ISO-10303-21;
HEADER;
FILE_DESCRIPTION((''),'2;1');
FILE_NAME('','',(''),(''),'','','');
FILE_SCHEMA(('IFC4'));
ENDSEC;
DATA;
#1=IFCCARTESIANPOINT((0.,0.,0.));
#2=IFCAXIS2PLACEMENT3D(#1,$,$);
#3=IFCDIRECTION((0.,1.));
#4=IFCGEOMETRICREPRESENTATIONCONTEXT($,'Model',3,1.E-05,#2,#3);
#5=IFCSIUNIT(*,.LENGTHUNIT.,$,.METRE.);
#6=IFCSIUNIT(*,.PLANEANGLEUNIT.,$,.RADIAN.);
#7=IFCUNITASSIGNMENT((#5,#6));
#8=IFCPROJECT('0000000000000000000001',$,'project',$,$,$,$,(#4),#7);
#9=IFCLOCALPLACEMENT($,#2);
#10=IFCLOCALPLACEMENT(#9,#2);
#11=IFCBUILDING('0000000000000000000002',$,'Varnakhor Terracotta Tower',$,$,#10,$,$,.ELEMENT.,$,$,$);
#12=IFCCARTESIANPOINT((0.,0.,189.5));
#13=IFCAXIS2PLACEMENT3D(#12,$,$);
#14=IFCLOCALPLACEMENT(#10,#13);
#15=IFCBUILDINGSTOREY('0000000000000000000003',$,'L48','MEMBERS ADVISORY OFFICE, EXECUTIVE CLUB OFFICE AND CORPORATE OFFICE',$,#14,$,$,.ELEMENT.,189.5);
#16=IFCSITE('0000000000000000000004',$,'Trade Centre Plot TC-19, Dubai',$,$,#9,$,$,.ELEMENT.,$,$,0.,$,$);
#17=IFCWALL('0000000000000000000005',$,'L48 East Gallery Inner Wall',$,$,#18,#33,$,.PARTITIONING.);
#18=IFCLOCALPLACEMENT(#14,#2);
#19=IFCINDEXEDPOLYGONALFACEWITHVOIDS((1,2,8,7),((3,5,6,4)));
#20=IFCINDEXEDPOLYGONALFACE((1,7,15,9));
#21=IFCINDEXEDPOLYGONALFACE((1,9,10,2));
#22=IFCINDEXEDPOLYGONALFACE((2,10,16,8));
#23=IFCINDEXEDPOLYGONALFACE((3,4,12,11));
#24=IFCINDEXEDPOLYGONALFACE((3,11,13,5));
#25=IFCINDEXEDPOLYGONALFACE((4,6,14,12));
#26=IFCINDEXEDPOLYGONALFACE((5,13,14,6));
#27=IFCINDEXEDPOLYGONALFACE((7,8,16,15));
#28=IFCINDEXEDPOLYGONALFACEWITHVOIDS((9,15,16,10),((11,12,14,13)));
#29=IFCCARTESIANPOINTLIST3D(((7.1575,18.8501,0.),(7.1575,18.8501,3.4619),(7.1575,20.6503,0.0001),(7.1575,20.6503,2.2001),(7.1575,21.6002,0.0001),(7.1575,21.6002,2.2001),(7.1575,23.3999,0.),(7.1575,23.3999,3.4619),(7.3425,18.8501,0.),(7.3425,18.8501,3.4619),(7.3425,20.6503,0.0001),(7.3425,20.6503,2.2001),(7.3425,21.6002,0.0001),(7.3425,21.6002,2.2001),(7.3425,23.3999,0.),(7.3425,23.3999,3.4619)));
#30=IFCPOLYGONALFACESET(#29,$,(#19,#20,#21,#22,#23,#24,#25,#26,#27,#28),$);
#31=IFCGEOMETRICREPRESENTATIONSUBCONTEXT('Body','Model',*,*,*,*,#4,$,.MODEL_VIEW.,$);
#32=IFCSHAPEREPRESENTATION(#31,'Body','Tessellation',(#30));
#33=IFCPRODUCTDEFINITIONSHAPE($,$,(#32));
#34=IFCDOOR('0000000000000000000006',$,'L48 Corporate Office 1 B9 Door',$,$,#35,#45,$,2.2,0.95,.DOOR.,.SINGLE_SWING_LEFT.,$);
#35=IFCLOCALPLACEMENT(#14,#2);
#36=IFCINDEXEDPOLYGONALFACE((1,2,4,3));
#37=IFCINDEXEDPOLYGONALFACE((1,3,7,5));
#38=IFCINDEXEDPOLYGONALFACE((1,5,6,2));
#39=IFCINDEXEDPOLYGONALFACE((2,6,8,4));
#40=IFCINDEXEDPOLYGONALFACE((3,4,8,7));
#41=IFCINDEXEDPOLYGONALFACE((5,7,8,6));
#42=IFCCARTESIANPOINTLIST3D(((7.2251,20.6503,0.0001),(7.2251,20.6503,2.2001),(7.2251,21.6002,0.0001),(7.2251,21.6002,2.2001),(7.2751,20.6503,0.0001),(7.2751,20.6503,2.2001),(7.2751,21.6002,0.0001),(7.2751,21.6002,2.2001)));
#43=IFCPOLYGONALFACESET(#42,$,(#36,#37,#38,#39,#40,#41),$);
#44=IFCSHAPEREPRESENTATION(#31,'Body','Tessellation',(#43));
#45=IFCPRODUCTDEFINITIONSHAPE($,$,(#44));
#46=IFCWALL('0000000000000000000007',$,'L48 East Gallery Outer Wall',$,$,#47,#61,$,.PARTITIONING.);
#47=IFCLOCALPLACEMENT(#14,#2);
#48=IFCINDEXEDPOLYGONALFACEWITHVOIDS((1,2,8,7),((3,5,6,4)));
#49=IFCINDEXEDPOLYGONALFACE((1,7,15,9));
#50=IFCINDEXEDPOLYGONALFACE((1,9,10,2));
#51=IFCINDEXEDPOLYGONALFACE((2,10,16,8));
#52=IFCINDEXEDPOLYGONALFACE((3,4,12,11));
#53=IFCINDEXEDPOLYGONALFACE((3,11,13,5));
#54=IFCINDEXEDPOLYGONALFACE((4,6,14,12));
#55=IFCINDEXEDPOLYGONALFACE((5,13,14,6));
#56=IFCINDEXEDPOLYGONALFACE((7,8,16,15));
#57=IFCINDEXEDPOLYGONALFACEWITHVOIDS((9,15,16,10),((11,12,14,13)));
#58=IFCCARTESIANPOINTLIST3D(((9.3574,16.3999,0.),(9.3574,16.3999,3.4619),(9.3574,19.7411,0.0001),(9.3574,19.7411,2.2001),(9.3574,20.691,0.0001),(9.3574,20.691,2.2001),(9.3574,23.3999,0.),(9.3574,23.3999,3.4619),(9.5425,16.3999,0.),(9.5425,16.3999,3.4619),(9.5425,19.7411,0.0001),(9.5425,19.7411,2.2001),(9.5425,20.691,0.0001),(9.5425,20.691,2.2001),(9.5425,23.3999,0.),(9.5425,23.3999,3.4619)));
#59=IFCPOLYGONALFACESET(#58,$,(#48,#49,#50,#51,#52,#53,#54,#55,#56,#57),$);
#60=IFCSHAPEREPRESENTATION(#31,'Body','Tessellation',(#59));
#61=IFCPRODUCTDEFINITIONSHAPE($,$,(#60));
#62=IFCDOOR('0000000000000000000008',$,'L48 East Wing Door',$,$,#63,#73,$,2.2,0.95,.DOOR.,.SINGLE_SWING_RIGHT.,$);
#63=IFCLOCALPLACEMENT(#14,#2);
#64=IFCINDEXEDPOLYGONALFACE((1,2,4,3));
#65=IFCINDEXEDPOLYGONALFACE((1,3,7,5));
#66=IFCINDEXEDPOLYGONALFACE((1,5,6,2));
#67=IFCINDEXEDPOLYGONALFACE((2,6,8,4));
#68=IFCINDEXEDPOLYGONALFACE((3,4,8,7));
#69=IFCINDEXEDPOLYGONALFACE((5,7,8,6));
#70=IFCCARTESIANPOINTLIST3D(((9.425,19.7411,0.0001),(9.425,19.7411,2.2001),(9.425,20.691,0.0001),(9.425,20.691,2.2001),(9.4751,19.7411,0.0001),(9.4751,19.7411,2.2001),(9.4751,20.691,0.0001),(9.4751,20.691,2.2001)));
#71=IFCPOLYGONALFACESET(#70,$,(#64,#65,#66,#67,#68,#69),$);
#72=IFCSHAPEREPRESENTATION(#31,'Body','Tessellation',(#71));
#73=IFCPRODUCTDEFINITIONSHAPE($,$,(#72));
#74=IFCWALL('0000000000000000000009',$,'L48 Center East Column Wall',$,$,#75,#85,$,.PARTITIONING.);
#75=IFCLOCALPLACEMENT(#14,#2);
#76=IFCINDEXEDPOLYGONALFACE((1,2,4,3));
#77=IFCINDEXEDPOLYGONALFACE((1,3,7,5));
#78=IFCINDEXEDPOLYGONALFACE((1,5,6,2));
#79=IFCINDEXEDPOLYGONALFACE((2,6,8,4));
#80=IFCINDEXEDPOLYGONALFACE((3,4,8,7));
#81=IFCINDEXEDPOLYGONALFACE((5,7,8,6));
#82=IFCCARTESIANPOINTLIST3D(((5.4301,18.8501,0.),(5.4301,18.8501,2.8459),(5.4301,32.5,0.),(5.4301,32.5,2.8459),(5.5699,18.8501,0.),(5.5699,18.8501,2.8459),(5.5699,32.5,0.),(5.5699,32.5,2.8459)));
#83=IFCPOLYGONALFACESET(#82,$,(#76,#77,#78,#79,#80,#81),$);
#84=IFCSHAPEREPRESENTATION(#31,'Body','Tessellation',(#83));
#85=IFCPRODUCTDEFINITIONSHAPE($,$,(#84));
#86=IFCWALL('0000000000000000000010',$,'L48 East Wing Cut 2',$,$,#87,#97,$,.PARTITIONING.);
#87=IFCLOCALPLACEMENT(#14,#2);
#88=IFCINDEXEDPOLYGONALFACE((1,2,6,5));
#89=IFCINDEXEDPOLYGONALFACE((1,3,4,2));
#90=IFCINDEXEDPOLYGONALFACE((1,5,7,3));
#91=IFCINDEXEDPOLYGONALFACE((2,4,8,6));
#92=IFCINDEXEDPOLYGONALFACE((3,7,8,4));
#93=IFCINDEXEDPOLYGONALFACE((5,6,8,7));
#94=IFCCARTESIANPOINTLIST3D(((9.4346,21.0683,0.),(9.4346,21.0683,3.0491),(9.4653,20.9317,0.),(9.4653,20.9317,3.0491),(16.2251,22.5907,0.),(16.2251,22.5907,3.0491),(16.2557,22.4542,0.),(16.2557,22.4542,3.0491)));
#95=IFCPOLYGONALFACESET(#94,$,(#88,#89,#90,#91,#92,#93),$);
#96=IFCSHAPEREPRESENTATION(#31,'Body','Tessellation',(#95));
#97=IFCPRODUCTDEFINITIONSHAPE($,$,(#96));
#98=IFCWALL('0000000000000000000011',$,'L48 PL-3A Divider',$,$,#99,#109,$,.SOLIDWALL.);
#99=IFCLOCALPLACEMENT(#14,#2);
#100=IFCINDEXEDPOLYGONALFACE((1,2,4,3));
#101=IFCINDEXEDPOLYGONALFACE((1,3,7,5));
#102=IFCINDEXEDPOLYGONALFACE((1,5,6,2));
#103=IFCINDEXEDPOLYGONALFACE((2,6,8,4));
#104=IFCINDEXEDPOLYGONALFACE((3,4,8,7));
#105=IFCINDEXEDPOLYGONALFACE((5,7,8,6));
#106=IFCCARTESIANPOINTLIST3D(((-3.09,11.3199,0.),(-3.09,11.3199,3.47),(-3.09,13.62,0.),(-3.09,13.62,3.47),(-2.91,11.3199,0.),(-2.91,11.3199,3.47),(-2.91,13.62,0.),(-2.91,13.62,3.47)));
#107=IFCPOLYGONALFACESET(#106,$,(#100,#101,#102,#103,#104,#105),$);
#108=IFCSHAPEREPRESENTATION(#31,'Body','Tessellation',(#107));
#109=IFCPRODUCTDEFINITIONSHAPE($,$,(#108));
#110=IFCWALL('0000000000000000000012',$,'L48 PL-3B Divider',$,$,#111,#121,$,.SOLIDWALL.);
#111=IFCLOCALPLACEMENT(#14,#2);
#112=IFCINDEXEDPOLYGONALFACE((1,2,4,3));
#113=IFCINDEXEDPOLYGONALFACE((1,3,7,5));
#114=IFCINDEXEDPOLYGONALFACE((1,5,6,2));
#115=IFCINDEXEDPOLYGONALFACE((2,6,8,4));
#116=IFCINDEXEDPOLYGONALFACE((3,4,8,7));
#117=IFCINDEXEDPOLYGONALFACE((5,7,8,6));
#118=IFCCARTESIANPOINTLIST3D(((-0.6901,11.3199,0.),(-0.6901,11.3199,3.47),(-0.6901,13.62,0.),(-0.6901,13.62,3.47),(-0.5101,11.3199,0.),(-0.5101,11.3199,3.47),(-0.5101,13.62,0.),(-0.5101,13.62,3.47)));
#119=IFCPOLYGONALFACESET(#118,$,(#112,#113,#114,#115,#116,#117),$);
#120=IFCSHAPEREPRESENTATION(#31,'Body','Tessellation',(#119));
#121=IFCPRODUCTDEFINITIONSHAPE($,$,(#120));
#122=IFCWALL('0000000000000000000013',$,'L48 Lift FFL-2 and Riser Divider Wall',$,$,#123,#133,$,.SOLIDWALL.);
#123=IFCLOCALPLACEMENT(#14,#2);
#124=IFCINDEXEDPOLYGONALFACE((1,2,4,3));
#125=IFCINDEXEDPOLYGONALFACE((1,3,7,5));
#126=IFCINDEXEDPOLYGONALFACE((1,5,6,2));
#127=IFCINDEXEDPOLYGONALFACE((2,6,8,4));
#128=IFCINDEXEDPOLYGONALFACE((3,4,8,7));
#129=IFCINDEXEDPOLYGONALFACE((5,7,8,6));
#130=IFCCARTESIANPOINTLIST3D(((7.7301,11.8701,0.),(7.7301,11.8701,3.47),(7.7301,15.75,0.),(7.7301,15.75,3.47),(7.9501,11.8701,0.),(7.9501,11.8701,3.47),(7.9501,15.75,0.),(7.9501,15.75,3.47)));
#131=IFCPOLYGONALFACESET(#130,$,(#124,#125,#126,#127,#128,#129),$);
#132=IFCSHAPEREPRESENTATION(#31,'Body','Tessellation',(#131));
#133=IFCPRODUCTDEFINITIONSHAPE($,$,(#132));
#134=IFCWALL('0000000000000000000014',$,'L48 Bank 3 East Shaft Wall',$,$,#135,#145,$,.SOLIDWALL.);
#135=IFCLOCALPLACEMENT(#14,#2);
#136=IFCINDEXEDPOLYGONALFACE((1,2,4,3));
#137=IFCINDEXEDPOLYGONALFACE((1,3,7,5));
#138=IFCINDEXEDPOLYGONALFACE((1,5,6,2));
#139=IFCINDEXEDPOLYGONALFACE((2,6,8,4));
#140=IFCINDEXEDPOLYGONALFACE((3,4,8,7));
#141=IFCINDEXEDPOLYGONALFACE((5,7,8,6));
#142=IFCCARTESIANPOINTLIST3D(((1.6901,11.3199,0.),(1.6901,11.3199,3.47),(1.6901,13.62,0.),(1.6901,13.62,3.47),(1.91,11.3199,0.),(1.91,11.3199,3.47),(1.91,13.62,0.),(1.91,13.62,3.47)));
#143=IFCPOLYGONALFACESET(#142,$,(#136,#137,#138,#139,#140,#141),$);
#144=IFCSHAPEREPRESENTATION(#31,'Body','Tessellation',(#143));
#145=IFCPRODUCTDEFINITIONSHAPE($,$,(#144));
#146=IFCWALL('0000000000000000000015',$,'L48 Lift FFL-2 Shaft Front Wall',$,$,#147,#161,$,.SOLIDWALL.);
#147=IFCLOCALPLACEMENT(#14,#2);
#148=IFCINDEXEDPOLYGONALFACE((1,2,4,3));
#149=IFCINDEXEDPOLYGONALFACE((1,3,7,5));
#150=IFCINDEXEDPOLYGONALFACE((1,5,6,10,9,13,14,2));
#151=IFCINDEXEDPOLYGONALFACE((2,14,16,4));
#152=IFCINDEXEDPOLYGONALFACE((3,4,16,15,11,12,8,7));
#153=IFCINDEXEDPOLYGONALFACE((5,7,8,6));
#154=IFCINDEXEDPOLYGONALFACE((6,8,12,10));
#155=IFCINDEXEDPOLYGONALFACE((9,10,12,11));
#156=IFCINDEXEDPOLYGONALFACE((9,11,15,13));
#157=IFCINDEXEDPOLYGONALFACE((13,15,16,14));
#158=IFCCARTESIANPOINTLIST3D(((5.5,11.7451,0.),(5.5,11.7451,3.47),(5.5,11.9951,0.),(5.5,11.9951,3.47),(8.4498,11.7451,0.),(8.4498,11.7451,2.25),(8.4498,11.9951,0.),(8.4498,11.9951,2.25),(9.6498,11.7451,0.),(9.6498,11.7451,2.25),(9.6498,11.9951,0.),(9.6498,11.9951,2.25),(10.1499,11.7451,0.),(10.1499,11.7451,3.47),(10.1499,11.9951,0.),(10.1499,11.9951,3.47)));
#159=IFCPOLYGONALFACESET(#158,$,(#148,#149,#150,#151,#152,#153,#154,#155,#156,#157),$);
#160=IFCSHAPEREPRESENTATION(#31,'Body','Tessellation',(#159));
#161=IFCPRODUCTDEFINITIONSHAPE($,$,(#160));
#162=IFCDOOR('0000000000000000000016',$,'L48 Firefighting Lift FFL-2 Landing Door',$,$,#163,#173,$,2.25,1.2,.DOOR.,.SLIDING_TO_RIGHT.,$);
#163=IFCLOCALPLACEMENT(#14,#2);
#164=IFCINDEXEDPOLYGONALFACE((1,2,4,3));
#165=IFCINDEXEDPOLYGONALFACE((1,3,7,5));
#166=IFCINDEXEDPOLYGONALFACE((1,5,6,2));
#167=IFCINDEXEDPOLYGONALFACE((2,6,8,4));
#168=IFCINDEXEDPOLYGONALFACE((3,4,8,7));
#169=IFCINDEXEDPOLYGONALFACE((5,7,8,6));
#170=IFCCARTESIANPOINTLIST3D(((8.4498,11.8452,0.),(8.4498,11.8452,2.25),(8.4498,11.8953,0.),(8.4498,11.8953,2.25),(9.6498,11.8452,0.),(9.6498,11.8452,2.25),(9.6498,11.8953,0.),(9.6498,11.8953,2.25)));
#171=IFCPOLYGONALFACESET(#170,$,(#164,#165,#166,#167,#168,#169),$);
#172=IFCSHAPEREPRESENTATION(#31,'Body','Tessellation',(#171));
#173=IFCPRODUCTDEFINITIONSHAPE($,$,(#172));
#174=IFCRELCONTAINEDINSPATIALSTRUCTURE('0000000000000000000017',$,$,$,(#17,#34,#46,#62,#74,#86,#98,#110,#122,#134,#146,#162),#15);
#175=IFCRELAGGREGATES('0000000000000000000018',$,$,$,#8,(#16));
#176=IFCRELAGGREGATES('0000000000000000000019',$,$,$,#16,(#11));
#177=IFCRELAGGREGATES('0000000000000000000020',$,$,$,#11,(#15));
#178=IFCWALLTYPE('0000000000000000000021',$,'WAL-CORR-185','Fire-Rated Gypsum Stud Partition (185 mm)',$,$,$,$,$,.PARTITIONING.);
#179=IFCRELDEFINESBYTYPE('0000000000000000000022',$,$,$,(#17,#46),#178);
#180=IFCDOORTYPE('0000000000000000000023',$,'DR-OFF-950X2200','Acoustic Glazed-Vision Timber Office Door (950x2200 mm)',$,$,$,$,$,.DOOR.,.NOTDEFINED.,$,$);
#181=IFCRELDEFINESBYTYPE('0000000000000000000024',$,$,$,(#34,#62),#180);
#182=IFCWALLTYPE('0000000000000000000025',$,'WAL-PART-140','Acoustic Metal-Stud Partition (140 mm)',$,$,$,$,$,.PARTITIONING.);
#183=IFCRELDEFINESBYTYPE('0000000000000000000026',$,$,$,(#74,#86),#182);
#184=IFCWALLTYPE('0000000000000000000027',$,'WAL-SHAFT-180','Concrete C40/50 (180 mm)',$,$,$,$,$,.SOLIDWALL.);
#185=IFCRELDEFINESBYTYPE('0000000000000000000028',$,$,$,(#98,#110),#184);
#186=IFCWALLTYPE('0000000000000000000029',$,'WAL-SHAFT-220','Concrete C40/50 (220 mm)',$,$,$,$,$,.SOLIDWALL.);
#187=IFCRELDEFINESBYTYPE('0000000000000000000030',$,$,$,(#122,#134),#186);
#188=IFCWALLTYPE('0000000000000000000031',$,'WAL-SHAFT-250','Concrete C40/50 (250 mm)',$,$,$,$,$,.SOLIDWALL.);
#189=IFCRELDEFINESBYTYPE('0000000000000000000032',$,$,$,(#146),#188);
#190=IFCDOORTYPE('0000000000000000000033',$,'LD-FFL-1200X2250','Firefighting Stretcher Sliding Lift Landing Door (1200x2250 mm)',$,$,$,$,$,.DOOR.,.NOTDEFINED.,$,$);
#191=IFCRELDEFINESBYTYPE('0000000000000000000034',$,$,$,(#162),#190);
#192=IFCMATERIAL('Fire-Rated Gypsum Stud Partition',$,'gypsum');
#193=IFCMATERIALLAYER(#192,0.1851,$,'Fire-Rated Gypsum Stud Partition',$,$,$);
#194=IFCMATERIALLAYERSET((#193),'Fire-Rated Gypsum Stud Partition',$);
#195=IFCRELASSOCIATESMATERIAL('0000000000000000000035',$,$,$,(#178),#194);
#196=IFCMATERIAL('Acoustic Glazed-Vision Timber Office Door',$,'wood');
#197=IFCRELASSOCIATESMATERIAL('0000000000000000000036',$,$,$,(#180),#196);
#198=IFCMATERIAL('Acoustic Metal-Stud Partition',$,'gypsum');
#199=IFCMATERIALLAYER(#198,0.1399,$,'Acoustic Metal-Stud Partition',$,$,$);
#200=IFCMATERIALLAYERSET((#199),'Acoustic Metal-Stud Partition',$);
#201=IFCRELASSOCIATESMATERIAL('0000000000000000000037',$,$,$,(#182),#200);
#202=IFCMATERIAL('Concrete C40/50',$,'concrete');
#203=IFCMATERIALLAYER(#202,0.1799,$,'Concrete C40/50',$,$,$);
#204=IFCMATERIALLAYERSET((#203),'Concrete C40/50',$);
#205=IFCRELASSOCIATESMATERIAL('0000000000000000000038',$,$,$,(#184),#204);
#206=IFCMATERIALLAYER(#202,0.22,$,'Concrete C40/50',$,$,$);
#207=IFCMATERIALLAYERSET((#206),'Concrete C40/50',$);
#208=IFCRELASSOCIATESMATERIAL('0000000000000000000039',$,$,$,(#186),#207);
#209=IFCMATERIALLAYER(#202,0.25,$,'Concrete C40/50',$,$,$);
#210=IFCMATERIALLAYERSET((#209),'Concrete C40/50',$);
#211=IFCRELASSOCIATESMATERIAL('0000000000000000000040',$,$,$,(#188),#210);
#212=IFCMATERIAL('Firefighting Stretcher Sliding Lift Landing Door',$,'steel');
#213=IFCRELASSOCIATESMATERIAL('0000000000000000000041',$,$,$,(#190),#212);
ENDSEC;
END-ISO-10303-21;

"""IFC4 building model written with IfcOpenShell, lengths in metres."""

from ifc_helpers import new_model, si_unit, direction, frame, frame_2d, origin, place, context, subcontext, project, spatial, rectangle, extrude, source, transform, mapped, material, layer, layer_set, type_object, type_shapes, element, fill, save


model = new_model("IFC4")

# Units and contexts
model_context = context("Model", 3, precision=1e-05, world=origin(), true_north=direction((0.0, 1.0)))
body_context = subcontext(model_context, "Body", "Model", "MODEL_VIEW")
ifc_project = project(units=[si_unit("LENGTHUNIT", "METRE"), si_unit("PLANEANGLEUNIT", "RADIAN")], contexts=[model_context])

# Site, building, storey
site_placement = place(None, origin())
site = spatial("IfcSite", under=ifc_project, at=site_placement, Name="Trade Centre Plot TC-19, Dubai", CompositionType="ELEMENT", RefElevation=0.0)
building_placement = place(site_placement, origin())
building = spatial("IfcBuilding", under=site, at=building_placement, Name="Varnakhor Terracotta Tower", CompositionType="ELEMENT")
storey_placement = place(building_placement, frame((0.0, 0.0, 189.5)))
storey = spatial("IfcBuildingStorey", under=building, at=storey_placement, Name="L48", Description="MEMBERS ADVISORY OFFICE, EXECUTIVE CLUB OFFICE AND CORPORATE OFFICE", CompositionType="ELEMENT", Elevation=189.5)

# Walls, openings, doors
ifc_material_1 = material(Name="Fire-Rated Gypsum Stud Partition", Category="gypsum")
ifc_layer_1 = layer(ifc_material_1, 0.1851, Name="Fire-Rated Gypsum Stud Partition")
ifc_layer_set_1 = layer_set([ifc_layer_1], Name="Fire-Rated Gypsum Stud Partition")
wall_type_1 = type_object("IfcWallType", Name="WAL-CORR-185", Description="Fire-Rated Gypsum Stud Partition (185 mm)", PredefinedType="PARTITIONING", material=ifc_layer_set_1)
wall_1_placement = place(storey_placement, frame((7.25, 18.8501, 0.0), z_axis=(0.0, 0.0, 1.0), x_axis=(0.0, 1.0, 0.0)))
wall_1 = element("IfcWall", 1, at=wall_1_placement, inside=storey, type_object=wall_type_1, Name="L48 East Gallery Inner Wall", PredefinedType="PARTITIONING", context=body_context, shape_type="SweptSolid", body=[
    extrude(rectangle(XDim=4.5498, YDim=0.1851, at=frame_2d((2.2749, 0.0))), origin(), (0.0, 0.0, 1.0), 3.4619),
])
opening_1_placement = place(wall_1_placement, frame((1.8, 0.0, 0.0)))
opening_1 = element("IfcOpeningElement", 2, at=opening_1_placement, cuts=wall_1, PredefinedType="OPENING", context=body_context, shape_type="SweptSolid", body=[
    extrude(rectangle(XDim=0.95, YDim=2.2, at=frame_2d((0.4751, 1.1001))), frame((0.0, 0.1025, 0.0), z_axis=(0.0, -1.0, 0.0), x_axis=(1.0, 0.0, 0.0)), (0.0, 0.0, 1.0), 0.2051),
])
ifc_material_2 = material(Name="Acoustic Glazed-Vision Timber Office Door", Category="wood")
door_type_1 = type_object("IfcDoorType", Name="DR-OFF-950X2200", Description="Acoustic Glazed-Vision Timber Office Door (950x2200 mm)", OperationType="NOTDEFINED", PredefinedType="DOOR", material=ifc_material_2)
shared_shape_1 = source(origin(), body_context, "Body", "SweptSolid", [
    extrude(rectangle(XDim=0.95, YDim=2.2, at=frame_2d((0.4751, 1.1001))), frame((0.0, 0.0249, 0.0), z_axis=(0.0, -1.0, 0.0), x_axis=(1.0, 0.0, 0.0)), (0.0, 0.0, 1.0), 0.05),
])
type_shapes(door_type_1, [shared_shape_1])
door_1_placement = place(opening_1_placement, origin())
door_1 = element("IfcDoor", 3, at=door_1_placement, inside=storey, type_object=door_type_1, Name="L48 Corporate Office 1 B9 Door", OperationType="SINGLE_SWING_LEFT", OverallHeight=2.2, OverallWidth=0.95, PredefinedType="DOOR", context=body_context, shape_type="MappedRepresentation", body=[
    mapped(shared_shape_1, transform((0.0, 0.0, 0.0), scale=1.0)),
])
fill(opening_1, door_1)
wall_2_placement = place(storey_placement, frame((9.45, 16.3999, 0.0), z_axis=(0.0, 0.0, 1.0), x_axis=(0.0, 1.0, 0.0)))
wall_2 = element("IfcWall", 4, at=wall_2_placement, inside=storey, type_object=wall_type_1, Name="L48 East Gallery Outer Wall", PredefinedType="PARTITIONING", context=body_context, shape_type="SweptSolid", body=[
    extrude(rectangle(XDim=7.0, YDim=0.1851, at=frame_2d((3.5, 0.0))), origin(), (0.0, 0.0, 1.0), 3.4619),
])
opening_2_placement = place(wall_2_placement, frame((3.3411, 0.0, 0.0)))
opening_2 = element("IfcOpeningElement", 5, at=opening_2_placement, cuts=wall_2, PredefinedType="OPENING", context=body_context, shape_type="SweptSolid", body=[
    extrude(rectangle(XDim=0.95, YDim=2.2, at=frame_2d((0.4751, 1.1001))), frame((0.0, 0.1025, 0.0), z_axis=(0.0, -1.0, 0.0), x_axis=(1.0, 0.0, 0.0)), (0.0, 0.0, 1.0), 0.2051),
])
door_2_placement = place(opening_2_placement, origin())
door_2 = element("IfcDoor", 6, at=door_2_placement, inside=storey, type_object=door_type_1, Name="L48 East Wing Door", OperationType="SINGLE_SWING_RIGHT", OverallHeight=2.2, OverallWidth=0.95, PredefinedType="DOOR", context=body_context, shape_type="MappedRepresentation", body=[
    mapped(shared_shape_1, transform((0.0, 0.0, 0.0), scale=1.0)),
])
fill(opening_2, door_2)

# Walls
ifc_material_3 = material(Name="Acoustic Metal-Stud Partition", Category="gypsum")
ifc_layer_2 = layer(ifc_material_3, 0.1399, Name="Acoustic Metal-Stud Partition")
ifc_layer_set_2 = layer_set([ifc_layer_2], Name="Acoustic Metal-Stud Partition")
wall_type_2 = type_object("IfcWallType", Name="WAL-PART-140", Description="Acoustic Metal-Stud Partition (140 mm)", PredefinedType="PARTITIONING", material=ifc_layer_set_2)
wall_3_placement = place(storey_placement, frame((5.5, 18.8501, 0.0), z_axis=(0.0, 0.0, 1.0), x_axis=(0.0, 1.0, 0.0)))
element("IfcWall", 7, at=wall_3_placement, inside=storey, type_object=wall_type_2, Name="L48 Center East Column Wall", PredefinedType="PARTITIONING", context=body_context, shape_type="SweptSolid", body=[
    extrude(rectangle(XDim=13.6499, YDim=0.1399, at=frame_2d((6.825, 0.0))), origin(), (0.0, 0.0, 1.0), 2.8459),
])
wall_4_placement = place(storey_placement, frame((9.45, 21.0, 0.0), z_axis=(0.0, 0.0, 1.0), x_axis=(0.975776, 0.218773, 0.0)))
element("IfcWall", 8, at=wall_4_placement, inside=storey, type_object=wall_type_2, Name="L48 East Wing Cut 2", PredefinedType="PARTITIONING", context=body_context, shape_type="SweptSolid", body=[
    extrude(rectangle(XDim=6.959, YDim=0.1399, at=frame_2d((3.4795, 0.0))), origin(), (0.0, 0.0, 1.0), 3.0491),
])
ifc_material_4 = material(Name="Concrete C40/50", Category="concrete")
ifc_layer_3 = layer(ifc_material_4, 0.1799, Name="Concrete C40/50")
ifc_layer_set_3 = layer_set([ifc_layer_3], Name="Concrete C40/50")
wall_type_3 = type_object("IfcWallType", Name="WAL-SHAFT-180", Description="Concrete C40/50 (180 mm)", PredefinedType="SOLIDWALL", material=ifc_layer_set_3)
for number, where, z_axis, x_axis, name in (
    (9, (-3.0, 11.3201, 0.0), (0.0, 0.0, 1.0), (0.0, 1.0, 0.0), "L48 PL-3A Divider"),
    (10, (-0.6001, 11.3201, 0.0), (0.0, 0.0, 1.0), (0.0, 1.0, 0.0), "L48 PL-3B Divider"),
):
    element("IfcWall", number, at=place(storey_placement, frame(where, z_axis=z_axis, x_axis=x_axis)), inside=storey, type_object=wall_type_3, Name=name, PredefinedType="SOLIDWALL", context=body_context, shape_type="SweptSolid", body=[
        extrude(rectangle(XDim=2.3, YDim=0.1799, at=frame_2d((1.1499, 0.0))), origin(), (0.0, 0.0, 1.0), 3.47),
    ])
ifc_layer_4 = layer(ifc_material_4, 0.22, Name="Concrete C40/50")
ifc_layer_set_4 = layer_set([ifc_layer_4], Name="Concrete C40/50")
wall_type_4 = type_object("IfcWallType", Name="WAL-SHAFT-220", Description="Concrete C40/50 (220 mm)", PredefinedType="SOLIDWALL", material=ifc_layer_set_4)
wall_5_placement = place(storey_placement, frame((7.8401, 11.8701, 0.0), z_axis=(0.0, 0.0, 1.0), x_axis=(0.0, 1.0, 0.0)))
element("IfcWall", 11, at=wall_5_placement, inside=storey, type_object=wall_type_4, Name="L48 Lift FFL-2 and Riser Divider Wall", PredefinedType="SOLIDWALL", context=body_context, shape_type="SweptSolid", body=[
    extrude(rectangle(XDim=3.8799, YDim=0.22, at=frame_2d((1.9399, 0.0))), origin(), (0.0, 0.0, 1.0), 3.47),
])
wall_6_placement = place(storey_placement, frame((1.8, 11.3201, 0.0), z_axis=(0.0, 0.0, 1.0), x_axis=(0.0, 1.0, 0.0)))
element("IfcWall", 12, at=wall_6_placement, inside=storey, type_object=wall_type_4, Name="L48 Bank 3 East Shaft Wall", PredefinedType="SOLIDWALL", context=body_context, shape_type="SweptSolid", body=[
    extrude(rectangle(XDim=2.3, YDim=0.22, at=frame_2d((1.1499, 0.0))), origin(), (0.0, 0.0, 1.0), 3.47),
])

# Wall, opening, door
ifc_layer_5 = layer(ifc_material_4, 0.25, Name="Concrete C40/50")
ifc_layer_set_5 = layer_set([ifc_layer_5], Name="Concrete C40/50")
wall_type_5 = type_object("IfcWallType", Name="WAL-SHAFT-250", Description="Concrete C40/50 (250 mm)", PredefinedType="SOLIDWALL", material=ifc_layer_set_5)
wall_7_placement = place(storey_placement, frame((10.1499, 11.8701, 0.0), z_axis=(0.0, 0.0, 1.0), x_axis=(-1.0, 0.0, 0.0)))
wall_7 = element("IfcWall", 13, at=wall_7_placement, inside=storey, type_object=wall_type_5, Name="L48 Lift FFL-2 Shaft Front Wall", PredefinedType="SOLIDWALL", context=body_context, shape_type="SweptSolid", body=[
    extrude(rectangle(XDim=4.6499, YDim=0.25, at=frame_2d((2.325, 0.0))), origin(), (0.0, 0.0, 1.0), 3.47),
])
opening_3_placement = place(wall_7_placement, frame((0.5, 0.0, 0.0)))
opening_3 = element("IfcOpeningElement", 14, at=opening_3_placement, cuts=wall_7, PredefinedType="OPENING", context=body_context, shape_type="SweptSolid", body=[
    extrude(rectangle(XDim=1.2, YDim=2.25, at=frame_2d((0.6001, 1.125))), frame((0.0, 0.135, 0.0), z_axis=(0.0, -1.0, 0.0), x_axis=(1.0, 0.0, 0.0)), (0.0, 0.0, 1.0), 0.27),
])
ifc_material_5 = material(Name="Firefighting Stretcher Sliding Lift Landing Door", Category="steel")
door_type_2 = type_object("IfcDoorType", Name="LD-FFL-1200X2250", Description="Firefighting Stretcher Sliding Lift Landing Door (1200x2250 mm)", OperationType="NOTDEFINED", PredefinedType="DOOR", material=ifc_material_5)
shared_shape_2 = source(origin(), body_context, "Body", "SweptSolid", [
    extrude(rectangle(XDim=1.2, YDim=2.25, at=frame_2d((0.6001, 1.125))), frame((0.0, 0.0249, 0.0), z_axis=(0.0, -1.0, 0.0), x_axis=(1.0, 0.0, 0.0)), (0.0, 0.0, 1.0), 0.05),
])
type_shapes(door_type_2, [shared_shape_2])
door_3_placement = place(opening_3_placement, origin())
door_3 = element("IfcDoor", 15, at=door_3_placement, inside=storey, type_object=door_type_2, Name="L48 Firefighting Lift FFL-2 Landing Door", OperationType="SLIDING_TO_RIGHT", OverallHeight=2.25, OverallWidth=1.2, PredefinedType="DOOR", context=body_context, shape_type="MappedRepresentation", body=[
    mapped(shared_shape_2, transform((0.0, 0.0, 0.0), scale=1.0)),
])
fill(opening_3, door_3)

save(model, "model.ifc")
